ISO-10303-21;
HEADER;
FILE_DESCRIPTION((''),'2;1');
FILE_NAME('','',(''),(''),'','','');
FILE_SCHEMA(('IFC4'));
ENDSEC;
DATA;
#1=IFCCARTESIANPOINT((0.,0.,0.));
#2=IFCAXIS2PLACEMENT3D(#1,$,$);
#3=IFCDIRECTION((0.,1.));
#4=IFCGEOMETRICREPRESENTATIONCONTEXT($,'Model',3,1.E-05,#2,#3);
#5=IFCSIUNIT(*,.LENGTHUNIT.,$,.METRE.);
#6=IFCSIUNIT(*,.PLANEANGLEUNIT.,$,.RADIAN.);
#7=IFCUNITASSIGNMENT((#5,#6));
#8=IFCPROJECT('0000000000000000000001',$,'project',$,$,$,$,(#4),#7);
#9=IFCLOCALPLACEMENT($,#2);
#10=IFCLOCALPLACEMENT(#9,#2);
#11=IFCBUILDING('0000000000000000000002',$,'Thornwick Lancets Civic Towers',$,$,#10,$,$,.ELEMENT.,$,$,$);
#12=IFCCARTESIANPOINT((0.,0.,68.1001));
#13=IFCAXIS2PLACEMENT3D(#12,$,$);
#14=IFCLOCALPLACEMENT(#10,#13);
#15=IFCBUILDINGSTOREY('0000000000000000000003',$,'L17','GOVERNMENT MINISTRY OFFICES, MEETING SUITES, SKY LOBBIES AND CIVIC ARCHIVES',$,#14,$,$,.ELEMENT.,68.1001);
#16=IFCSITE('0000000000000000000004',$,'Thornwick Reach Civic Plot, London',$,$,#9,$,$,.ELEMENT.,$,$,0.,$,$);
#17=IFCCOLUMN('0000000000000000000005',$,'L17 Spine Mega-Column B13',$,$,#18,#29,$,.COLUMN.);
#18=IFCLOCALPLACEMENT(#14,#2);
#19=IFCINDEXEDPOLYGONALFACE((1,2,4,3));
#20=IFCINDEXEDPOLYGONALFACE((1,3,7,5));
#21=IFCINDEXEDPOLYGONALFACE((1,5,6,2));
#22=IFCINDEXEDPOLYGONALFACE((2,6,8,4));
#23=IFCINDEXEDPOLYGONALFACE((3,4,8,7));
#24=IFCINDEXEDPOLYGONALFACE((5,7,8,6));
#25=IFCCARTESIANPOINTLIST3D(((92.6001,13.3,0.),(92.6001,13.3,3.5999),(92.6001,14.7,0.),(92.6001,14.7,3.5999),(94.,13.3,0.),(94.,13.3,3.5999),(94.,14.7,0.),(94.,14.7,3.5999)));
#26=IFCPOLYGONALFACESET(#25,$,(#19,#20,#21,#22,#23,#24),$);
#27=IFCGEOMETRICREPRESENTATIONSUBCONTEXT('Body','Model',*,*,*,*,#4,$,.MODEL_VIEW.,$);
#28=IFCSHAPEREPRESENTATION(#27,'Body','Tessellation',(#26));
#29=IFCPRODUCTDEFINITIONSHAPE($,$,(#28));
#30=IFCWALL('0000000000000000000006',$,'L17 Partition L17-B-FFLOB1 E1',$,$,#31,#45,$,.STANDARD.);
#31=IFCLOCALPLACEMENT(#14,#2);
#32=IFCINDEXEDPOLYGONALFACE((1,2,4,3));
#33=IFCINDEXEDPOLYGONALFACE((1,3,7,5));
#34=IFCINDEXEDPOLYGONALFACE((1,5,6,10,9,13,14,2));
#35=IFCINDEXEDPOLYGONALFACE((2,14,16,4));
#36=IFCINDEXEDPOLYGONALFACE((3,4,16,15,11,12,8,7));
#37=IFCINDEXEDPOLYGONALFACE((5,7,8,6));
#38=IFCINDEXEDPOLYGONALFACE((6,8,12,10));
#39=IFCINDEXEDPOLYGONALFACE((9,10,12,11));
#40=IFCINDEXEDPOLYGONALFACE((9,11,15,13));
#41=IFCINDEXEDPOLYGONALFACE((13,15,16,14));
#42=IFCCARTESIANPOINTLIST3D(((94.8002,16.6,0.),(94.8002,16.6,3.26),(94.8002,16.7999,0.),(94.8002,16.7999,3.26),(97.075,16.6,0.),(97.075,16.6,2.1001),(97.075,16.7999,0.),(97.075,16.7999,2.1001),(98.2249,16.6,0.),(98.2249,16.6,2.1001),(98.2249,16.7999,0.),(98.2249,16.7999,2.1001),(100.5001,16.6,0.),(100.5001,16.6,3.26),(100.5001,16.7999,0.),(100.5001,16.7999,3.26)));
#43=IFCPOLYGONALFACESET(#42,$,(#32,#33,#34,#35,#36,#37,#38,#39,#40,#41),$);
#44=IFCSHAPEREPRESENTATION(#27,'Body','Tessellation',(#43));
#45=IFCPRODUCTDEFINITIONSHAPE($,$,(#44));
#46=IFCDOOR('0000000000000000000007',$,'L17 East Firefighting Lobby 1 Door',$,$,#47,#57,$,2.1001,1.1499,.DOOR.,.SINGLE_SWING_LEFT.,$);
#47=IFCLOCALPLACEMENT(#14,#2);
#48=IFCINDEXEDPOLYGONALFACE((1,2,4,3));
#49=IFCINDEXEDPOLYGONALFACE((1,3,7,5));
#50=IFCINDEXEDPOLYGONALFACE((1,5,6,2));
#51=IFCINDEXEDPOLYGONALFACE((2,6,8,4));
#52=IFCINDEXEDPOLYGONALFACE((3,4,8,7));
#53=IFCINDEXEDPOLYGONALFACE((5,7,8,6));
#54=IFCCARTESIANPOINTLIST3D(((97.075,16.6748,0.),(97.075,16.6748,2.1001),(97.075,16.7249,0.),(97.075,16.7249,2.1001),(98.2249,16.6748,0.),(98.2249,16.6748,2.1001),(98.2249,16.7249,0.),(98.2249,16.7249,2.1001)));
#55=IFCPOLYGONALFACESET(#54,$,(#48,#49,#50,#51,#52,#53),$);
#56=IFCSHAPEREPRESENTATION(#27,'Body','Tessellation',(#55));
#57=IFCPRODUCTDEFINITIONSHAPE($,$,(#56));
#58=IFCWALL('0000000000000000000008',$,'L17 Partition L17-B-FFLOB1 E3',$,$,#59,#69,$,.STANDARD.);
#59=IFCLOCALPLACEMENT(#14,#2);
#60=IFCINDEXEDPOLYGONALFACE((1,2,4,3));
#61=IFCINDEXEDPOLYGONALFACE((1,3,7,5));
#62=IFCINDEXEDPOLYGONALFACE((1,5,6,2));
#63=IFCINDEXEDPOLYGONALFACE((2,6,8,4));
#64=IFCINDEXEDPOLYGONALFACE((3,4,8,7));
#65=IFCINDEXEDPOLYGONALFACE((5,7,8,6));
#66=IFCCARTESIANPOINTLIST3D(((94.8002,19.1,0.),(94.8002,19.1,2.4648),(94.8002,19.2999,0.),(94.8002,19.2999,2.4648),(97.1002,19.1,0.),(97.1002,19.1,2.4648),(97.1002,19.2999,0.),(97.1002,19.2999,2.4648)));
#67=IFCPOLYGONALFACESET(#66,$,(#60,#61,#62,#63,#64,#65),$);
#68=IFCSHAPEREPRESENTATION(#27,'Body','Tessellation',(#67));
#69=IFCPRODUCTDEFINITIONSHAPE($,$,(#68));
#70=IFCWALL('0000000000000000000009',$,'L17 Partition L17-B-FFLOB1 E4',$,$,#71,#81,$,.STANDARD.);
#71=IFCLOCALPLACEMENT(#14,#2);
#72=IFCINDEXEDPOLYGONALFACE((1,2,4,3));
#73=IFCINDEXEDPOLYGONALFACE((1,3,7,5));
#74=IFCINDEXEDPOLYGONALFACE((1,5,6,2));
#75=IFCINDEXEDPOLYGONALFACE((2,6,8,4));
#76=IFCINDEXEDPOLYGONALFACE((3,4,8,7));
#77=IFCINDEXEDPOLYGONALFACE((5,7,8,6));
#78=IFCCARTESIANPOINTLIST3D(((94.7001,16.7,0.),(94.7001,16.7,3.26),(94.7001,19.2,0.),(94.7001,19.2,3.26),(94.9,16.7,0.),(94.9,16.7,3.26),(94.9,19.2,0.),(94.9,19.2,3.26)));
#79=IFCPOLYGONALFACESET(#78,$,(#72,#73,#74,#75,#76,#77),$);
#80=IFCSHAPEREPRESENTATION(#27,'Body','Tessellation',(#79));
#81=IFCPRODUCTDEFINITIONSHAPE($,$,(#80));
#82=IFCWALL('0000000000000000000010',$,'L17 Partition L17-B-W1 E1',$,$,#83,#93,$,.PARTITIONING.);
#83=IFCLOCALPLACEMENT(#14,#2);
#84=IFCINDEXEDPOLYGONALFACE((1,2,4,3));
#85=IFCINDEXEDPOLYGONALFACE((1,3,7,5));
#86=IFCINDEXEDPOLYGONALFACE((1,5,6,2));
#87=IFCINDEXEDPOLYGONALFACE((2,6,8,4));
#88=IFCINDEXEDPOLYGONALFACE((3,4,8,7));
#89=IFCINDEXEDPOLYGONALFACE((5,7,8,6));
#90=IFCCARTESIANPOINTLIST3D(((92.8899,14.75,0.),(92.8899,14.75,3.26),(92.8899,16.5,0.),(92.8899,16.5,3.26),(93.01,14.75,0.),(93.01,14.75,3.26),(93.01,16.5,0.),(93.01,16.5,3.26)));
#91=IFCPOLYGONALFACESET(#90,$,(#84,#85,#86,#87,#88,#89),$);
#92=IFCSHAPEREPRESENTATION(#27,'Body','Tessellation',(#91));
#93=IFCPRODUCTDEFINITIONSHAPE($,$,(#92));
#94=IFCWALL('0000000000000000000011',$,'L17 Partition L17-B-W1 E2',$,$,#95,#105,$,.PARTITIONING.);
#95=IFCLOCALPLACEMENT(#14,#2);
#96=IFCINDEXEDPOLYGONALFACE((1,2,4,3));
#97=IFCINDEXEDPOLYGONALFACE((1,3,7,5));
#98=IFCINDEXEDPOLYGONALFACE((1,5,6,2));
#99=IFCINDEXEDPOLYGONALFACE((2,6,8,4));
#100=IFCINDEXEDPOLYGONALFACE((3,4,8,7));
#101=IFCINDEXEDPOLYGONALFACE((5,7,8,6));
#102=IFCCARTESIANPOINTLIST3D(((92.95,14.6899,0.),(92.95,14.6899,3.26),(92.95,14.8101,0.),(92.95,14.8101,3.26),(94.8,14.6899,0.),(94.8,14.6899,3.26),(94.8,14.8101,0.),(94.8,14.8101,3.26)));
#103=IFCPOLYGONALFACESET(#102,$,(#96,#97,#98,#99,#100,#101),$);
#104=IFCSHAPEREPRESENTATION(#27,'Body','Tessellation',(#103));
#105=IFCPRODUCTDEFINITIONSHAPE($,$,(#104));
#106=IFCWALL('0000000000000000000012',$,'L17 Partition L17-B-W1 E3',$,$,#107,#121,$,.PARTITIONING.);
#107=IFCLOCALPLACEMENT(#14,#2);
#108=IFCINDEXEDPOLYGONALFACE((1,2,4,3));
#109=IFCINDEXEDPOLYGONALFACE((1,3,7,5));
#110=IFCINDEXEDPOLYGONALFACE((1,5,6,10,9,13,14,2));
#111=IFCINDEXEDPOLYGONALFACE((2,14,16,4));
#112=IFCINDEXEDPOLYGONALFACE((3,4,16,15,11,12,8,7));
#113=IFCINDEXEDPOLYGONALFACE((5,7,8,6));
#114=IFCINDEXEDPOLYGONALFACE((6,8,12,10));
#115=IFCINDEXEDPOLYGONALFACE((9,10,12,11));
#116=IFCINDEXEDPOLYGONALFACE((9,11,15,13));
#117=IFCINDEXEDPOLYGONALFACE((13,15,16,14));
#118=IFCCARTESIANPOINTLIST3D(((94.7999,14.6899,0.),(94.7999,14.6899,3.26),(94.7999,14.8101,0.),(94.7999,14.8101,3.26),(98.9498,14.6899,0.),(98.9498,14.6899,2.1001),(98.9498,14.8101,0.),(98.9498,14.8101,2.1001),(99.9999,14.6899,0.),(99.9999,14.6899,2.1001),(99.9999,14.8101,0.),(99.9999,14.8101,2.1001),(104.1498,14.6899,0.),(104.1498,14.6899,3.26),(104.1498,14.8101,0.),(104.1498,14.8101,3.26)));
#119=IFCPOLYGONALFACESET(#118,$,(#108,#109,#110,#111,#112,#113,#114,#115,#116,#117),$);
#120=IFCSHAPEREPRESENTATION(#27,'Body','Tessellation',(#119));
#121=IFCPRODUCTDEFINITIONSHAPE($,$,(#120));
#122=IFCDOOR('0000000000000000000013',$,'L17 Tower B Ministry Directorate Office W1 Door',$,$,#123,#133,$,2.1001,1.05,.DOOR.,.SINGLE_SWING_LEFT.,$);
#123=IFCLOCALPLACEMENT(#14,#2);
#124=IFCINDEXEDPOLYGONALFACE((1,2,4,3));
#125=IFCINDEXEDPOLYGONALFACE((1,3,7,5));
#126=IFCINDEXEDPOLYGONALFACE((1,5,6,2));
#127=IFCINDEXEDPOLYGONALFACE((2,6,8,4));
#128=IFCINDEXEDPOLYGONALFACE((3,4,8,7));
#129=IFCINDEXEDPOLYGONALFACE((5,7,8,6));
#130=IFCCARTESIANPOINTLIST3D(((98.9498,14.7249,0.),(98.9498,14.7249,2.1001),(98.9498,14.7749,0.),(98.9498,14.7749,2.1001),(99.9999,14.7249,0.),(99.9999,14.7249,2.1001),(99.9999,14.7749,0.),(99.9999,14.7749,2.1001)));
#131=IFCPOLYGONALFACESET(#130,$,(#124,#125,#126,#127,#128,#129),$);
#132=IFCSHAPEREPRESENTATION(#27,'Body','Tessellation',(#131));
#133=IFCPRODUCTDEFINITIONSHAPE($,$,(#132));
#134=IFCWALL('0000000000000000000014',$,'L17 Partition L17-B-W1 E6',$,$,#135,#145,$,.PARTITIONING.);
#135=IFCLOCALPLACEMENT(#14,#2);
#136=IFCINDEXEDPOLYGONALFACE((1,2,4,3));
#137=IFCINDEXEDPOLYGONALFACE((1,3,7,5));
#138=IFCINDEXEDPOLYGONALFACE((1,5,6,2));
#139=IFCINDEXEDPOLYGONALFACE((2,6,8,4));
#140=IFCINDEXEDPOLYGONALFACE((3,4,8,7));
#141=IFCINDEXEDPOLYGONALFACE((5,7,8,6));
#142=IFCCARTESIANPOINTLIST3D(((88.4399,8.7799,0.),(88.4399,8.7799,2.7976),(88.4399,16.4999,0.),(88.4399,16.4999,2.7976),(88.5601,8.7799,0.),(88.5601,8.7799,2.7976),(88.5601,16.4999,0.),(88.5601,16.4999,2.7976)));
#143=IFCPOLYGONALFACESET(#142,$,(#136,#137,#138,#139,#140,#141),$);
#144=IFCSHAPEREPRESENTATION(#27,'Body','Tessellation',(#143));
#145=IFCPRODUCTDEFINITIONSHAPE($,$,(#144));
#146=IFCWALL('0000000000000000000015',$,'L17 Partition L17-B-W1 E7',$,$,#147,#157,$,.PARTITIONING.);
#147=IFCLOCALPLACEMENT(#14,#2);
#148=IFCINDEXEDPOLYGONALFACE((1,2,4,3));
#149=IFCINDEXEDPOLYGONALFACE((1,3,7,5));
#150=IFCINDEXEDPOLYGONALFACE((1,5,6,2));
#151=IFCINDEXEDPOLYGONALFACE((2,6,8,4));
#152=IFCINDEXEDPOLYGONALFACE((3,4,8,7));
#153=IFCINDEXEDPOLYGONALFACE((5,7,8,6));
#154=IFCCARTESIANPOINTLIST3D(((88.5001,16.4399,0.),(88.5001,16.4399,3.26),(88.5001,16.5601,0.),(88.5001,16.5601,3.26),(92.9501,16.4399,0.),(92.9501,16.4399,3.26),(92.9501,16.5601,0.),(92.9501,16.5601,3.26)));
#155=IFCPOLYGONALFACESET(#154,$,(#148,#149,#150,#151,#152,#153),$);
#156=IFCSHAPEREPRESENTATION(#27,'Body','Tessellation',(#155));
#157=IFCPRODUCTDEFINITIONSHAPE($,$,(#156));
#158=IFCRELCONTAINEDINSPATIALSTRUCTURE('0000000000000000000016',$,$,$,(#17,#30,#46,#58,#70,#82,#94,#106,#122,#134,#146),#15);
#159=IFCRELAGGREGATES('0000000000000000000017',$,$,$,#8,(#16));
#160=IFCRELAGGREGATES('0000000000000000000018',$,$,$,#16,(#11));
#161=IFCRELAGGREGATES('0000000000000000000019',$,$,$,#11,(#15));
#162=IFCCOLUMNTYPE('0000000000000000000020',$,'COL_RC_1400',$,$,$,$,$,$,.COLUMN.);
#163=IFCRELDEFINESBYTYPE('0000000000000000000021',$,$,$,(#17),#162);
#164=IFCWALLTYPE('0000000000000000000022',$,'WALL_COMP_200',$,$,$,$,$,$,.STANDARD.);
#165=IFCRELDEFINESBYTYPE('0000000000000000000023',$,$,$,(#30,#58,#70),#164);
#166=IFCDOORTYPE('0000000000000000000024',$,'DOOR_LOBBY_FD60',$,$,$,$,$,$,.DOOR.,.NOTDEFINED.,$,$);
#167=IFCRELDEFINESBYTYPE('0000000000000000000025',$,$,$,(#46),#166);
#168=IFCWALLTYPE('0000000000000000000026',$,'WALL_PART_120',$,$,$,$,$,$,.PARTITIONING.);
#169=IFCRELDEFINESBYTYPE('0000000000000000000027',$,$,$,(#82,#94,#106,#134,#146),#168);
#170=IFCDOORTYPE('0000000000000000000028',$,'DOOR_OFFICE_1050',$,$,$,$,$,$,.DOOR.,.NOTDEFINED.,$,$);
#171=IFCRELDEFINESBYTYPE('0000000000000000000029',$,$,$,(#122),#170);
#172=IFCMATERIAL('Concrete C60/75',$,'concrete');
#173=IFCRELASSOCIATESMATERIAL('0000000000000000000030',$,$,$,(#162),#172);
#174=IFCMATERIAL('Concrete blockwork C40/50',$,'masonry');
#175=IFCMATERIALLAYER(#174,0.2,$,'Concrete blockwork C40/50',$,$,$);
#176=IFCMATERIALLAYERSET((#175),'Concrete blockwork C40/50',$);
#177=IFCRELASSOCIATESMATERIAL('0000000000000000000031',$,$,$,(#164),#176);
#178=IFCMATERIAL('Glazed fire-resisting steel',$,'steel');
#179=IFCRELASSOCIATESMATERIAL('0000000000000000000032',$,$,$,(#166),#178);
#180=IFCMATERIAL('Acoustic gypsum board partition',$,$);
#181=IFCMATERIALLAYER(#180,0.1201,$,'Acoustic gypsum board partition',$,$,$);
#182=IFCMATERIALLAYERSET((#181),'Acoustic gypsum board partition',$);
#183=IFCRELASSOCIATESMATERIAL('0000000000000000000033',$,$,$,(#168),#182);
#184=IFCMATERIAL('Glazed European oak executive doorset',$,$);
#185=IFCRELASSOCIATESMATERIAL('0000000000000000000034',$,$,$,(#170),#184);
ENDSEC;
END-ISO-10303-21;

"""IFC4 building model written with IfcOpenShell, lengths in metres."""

from ifc_helpers import new_model, si_unit, direction, frame, frame_2d, origin, origin_2d, place, context, subcontext, project, spatial, rectangle, extrude, material, layer, layer_set, material_profile, profile_set, type_object, element, fill, save


model = new_model("IFC4")

# Units and contexts
model_context = context("Model", 3, precision=1e-05, world=origin(), true_north=direction((0.0, 1.0)))
body_context = subcontext(model_context, "Body", "Model", "MODEL_VIEW")
ifc_project = project(units=[si_unit("LENGTHUNIT", "METRE"), si_unit("PLANEANGLEUNIT", "RADIAN")], contexts=[model_context])

# Site, building, storey
site_placement = place(None, origin())
site = spatial("IfcSite", under=ifc_project, at=site_placement, Name="Thornwick Reach Civic Plot, London", CompositionType="ELEMENT", RefElevation=0.0)
building_placement = place(site_placement, origin())
building = spatial("IfcBuilding", under=site, at=building_placement, Name="Thornwick Lancets Civic Towers", CompositionType="ELEMENT")
storey_placement = place(building_placement, frame((0.0, 0.0, 68.1001)))
storey = spatial("IfcBuildingStorey", under=building, at=storey_placement, Name="L17", Description="GOVERNMENT MINISTRY OFFICES, MEETING SUITES, SKY LOBBIES AND CIVIC ARCHIVES", CompositionType="ELEMENT", Elevation=68.1001)

# Column
ifc_material_1 = material(Name="Concrete C60/75", Category="concrete")
ifc_material_profile = material_profile(ifc_material_1, rectangle(XDim=1.3999, YDim=1.3999, at=origin_2d()), Name="RC 1400x1400")
ifc_profile_set = profile_set([ifc_material_profile], Name="Concrete C60/75")
column_type = type_object("IfcColumnType", Name="COL_RC_1400", PredefinedType="COLUMN", material=ifc_profile_set)
column_placement = place(storey_placement, frame((93.3, 14.0, 0.0), z_axis=(0.0, 0.0, 1.0), x_axis=(1.0, 0.0, 0.0)))
element("IfcColumn", 1, at=column_placement, inside=storey, type_object=column_type, Name="L17 Spine Mega-Column B13", PredefinedType="COLUMN", context=body_context, shape_type="SweptSolid", body=[
    extrude(rectangle(XDim=1.3999, YDim=1.3999, at=origin_2d()), origin(), (0.0, 0.0, 1.0), 3.5999),
])

# Wall, opening, door
ifc_material_2 = material(Name="Concrete blockwork C40/50", Category="masonry")
ifc_layer_1 = layer(ifc_material_2, 0.2, Name="Concrete blockwork C40/50")
ifc_layer_set_1 = layer_set([ifc_layer_1], Name="Concrete blockwork C40/50")
wall_type_1 = type_object("IfcWallType", Name="WALL_COMP_200", PredefinedType="STANDARD", material=ifc_layer_set_1)
wall_1_placement = place(storey_placement, frame((94.8, 16.7, 0.0), z_axis=(0.0, 0.0, 1.0), x_axis=(1.0, 0.0, 0.0)))
wall_1 = element("IfcWall", 2, at=wall_1_placement, inside=storey, type_object=wall_type_1, Name="L17 Partition L17-B-FFLOB1 E1", PredefinedType="STANDARD", context=body_context, shape_type="SweptSolid", body=[
    extrude(rectangle(XDim=5.7, YDim=0.2, at=frame_2d((2.8501, 0.0))), origin(), (0.0, 0.0, 1.0), 3.26),
])
opening_1_placement = place(wall_1_placement, frame((2.2749, 0.0, 0.0)))
opening_1 = element("IfcOpeningElement", 3, at=opening_1_placement, cuts=wall_1, PredefinedType="OPENING", context=body_context, shape_type="SweptSolid", body=[
    extrude(rectangle(XDim=1.1499, YDim=2.1001, at=frame_2d((0.575, 1.05))), frame((0.0, 0.1099, 0.0), z_axis=(0.0, -1.0, 0.0), x_axis=(1.0, 0.0, 0.0)), (0.0, 0.0, 1.0), 0.22),
])
ifc_material_3 = material(Name="Glazed fire-resisting steel", Category="steel")
door_type_1 = type_object("IfcDoorType", Name="DOOR_LOBBY_FD60", OperationType="NOTDEFINED", PredefinedType="DOOR", material=ifc_material_3)
door_1_placement = place(opening_1_placement, origin())
door_1 = element("IfcDoor", 4, at=door_1_placement, inside=storey, type_object=door_type_1, Name="L17 East Firefighting Lobby 1 Door", OperationType="SINGLE_SWING_LEFT", OverallHeight=2.1001, OverallWidth=1.1499, PredefinedType="DOOR", context=body_context, shape_type="SweptSolid", body=[
    extrude(rectangle(XDim=1.1499, YDim=2.1001, at=frame_2d((0.575, 1.05))), frame((0.0, 0.0249, 0.0), z_axis=(0.0, -1.0, 0.0), x_axis=(1.0, 0.0, 0.0)), (0.0, 0.0, 1.0), 0.05),
])
fill(opening_1, door_1)

# Walls
wall_2_placement = place(storey_placement, frame((97.1001, 19.2, 0.0), z_axis=(0.0, 0.0, 1.0), x_axis=(-1.0, 0.0, 0.0)))
element("IfcWall", 5, at=wall_2_placement, inside=storey, type_object=wall_type_1, Name="L17 Partition L17-B-FFLOB1 E3", PredefinedType="STANDARD", context=body_context, shape_type="SweptSolid", body=[
    extrude(rectangle(XDim=2.3, YDim=0.2, at=frame_2d((1.1499, 0.0))), origin(), (0.0, 0.0, 1.0), 2.4648),
])
wall_3_placement = place(storey_placement, frame((94.8, 19.2, 0.0), z_axis=(0.0, 0.0, 1.0), x_axis=(0.0, -1.0, 0.0)))
element("IfcWall", 6, at=wall_3_placement, inside=storey, type_object=wall_type_1, Name="L17 Partition L17-B-FFLOB1 E4", PredefinedType="STANDARD", context=body_context, shape_type="SweptSolid", body=[
    extrude(rectangle(XDim=2.5, YDim=0.2, at=frame_2d((1.25, 0.0))), origin(), (0.0, 0.0, 1.0), 3.26),
])
ifc_material_4 = material(Name="Acoustic gypsum board partition")
ifc_layer_2 = layer(ifc_material_4, 0.1201, Name="Acoustic gypsum board partition")
ifc_layer_set_2 = layer_set([ifc_layer_2], Name="Acoustic gypsum board partition")
wall_type_2 = type_object("IfcWallType", Name="WALL_PART_120", PredefinedType="PARTITIONING", material=ifc_layer_set_2)
wall_4_placement = place(storey_placement, frame((92.95, 16.5, 0.0), z_axis=(0.0, 0.0, 1.0), x_axis=(0.0, -1.0, 0.0)))
element("IfcWall", 7, at=wall_4_placement, inside=storey, type_object=wall_type_2, Name="L17 Partition L17-B-W1 E1", PredefinedType="PARTITIONING", context=body_context, shape_type="SweptSolid", body=[
    extrude(rectangle(XDim=1.75, YDim=0.1201, at=frame_2d((0.875, 0.0))), origin(), (0.0, 0.0, 1.0), 3.26),
])
wall_5_placement = place(storey_placement, frame((92.95, 14.75, 0.0), z_axis=(0.0, 0.0, 1.0), x_axis=(1.0, 0.0, 0.0)))
element("IfcWall", 8, at=wall_5_placement, inside=storey, type_object=wall_type_2, Name="L17 Partition L17-B-W1 E2", PredefinedType="PARTITIONING", context=body_context, shape_type="SweptSolid", body=[
    extrude(rectangle(XDim=1.8501, YDim=0.1201, at=frame_2d((0.925, 0.0))), origin(), (0.0, 0.0, 1.0), 3.26),
])

# Wall, opening, door
wall_6_placement = place(storey_placement, frame((94.8, 14.75, 0.0), z_axis=(0.0, 0.0, 1.0), x_axis=(1.0, 0.0, 0.0)))
wall_6 = element("IfcWall", 9, at=wall_6_placement, inside=storey, type_object=wall_type_2, Name="L17 Partition L17-B-W1 E3", PredefinedType="PARTITIONING", context=body_context, shape_type="SweptSolid", body=[
    extrude(rectangle(XDim=9.3499, YDim=0.1201, at=frame_2d((4.6748, 0.0))), origin(), (0.0, 0.0, 1.0), 3.26),
])
opening_2_placement = place(wall_6_placement, frame((4.1499, 0.0, 0.0)))
opening_2 = element("IfcOpeningElement", 10, at=opening_2_placement, cuts=wall_6, PredefinedType="OPENING", context=body_context, shape_type="SweptSolid", body=[
    extrude(rectangle(XDim=1.05, YDim=2.1001, at=frame_2d((0.5249, 1.05))), frame((0.0, 0.0701, 0.0), z_axis=(0.0, -1.0, 0.0), x_axis=(1.0, 0.0, 0.0)), (0.0, 0.0, 1.0), 0.1401),
])
ifc_material_5 = material(Name="Glazed European oak executive doorset")
door_type_2 = type_object("IfcDoorType", Name="DOOR_OFFICE_1050", OperationType="NOTDEFINED", PredefinedType="DOOR", material=ifc_material_5)
door_2_placement = place(opening_2_placement, origin())
door_2 = element("IfcDoor", 11, at=door_2_placement, inside=storey, type_object=door_type_2, Name="L17 Tower B Ministry Directorate Office W1 Door", OperationType="SINGLE_SWING_LEFT", OverallHeight=2.1001, OverallWidth=1.05, PredefinedType="DOOR", context=body_context, shape_type="SweptSolid", body=[
    extrude(rectangle(XDim=1.05, YDim=2.1001, at=frame_2d((0.5249, 1.05))), frame((0.0, 0.0249, 0.0), z_axis=(0.0, -1.0, 0.0), x_axis=(1.0, 0.0, 0.0)), (0.0, 0.0, 1.0), 0.05),
])
fill(opening_2, door_2)

# Walls
wall_7_placement = place(storey_placement, frame((88.5, 8.78, 0.0), z_axis=(0.0, 0.0, 1.0), x_axis=(0.0, 1.0, 0.0)))
element("IfcWall", 12, at=wall_7_placement, inside=storey, type_object=wall_type_2, Name="L17 Partition L17-B-W1 E6", PredefinedType="PARTITIONING", context=body_context, shape_type="SweptSolid", body=[
    extrude(rectangle(XDim=7.72, YDim=0.1201, at=frame_2d((3.8599, 0.0))), origin(), (0.0, 0.0, 1.0), 2.7976),
])
wall_8_placement = place(storey_placement, frame((88.5, 16.5, 0.0), z_axis=(0.0, 0.0, 1.0), x_axis=(1.0, 0.0, 0.0)))
element("IfcWall", 13, at=wall_8_placement, inside=storey, type_object=wall_type_2, Name="L17 Partition L17-B-W1 E7", PredefinedType="PARTITIONING", context=body_context, shape_type="SweptSolid", body=[
    extrude(rectangle(XDim=4.45, YDim=0.1201, at=frame_2d((2.2251, 0.0))), origin(), (0.0, 0.0, 1.0), 3.26),
])

save(model, "model.ifc")
